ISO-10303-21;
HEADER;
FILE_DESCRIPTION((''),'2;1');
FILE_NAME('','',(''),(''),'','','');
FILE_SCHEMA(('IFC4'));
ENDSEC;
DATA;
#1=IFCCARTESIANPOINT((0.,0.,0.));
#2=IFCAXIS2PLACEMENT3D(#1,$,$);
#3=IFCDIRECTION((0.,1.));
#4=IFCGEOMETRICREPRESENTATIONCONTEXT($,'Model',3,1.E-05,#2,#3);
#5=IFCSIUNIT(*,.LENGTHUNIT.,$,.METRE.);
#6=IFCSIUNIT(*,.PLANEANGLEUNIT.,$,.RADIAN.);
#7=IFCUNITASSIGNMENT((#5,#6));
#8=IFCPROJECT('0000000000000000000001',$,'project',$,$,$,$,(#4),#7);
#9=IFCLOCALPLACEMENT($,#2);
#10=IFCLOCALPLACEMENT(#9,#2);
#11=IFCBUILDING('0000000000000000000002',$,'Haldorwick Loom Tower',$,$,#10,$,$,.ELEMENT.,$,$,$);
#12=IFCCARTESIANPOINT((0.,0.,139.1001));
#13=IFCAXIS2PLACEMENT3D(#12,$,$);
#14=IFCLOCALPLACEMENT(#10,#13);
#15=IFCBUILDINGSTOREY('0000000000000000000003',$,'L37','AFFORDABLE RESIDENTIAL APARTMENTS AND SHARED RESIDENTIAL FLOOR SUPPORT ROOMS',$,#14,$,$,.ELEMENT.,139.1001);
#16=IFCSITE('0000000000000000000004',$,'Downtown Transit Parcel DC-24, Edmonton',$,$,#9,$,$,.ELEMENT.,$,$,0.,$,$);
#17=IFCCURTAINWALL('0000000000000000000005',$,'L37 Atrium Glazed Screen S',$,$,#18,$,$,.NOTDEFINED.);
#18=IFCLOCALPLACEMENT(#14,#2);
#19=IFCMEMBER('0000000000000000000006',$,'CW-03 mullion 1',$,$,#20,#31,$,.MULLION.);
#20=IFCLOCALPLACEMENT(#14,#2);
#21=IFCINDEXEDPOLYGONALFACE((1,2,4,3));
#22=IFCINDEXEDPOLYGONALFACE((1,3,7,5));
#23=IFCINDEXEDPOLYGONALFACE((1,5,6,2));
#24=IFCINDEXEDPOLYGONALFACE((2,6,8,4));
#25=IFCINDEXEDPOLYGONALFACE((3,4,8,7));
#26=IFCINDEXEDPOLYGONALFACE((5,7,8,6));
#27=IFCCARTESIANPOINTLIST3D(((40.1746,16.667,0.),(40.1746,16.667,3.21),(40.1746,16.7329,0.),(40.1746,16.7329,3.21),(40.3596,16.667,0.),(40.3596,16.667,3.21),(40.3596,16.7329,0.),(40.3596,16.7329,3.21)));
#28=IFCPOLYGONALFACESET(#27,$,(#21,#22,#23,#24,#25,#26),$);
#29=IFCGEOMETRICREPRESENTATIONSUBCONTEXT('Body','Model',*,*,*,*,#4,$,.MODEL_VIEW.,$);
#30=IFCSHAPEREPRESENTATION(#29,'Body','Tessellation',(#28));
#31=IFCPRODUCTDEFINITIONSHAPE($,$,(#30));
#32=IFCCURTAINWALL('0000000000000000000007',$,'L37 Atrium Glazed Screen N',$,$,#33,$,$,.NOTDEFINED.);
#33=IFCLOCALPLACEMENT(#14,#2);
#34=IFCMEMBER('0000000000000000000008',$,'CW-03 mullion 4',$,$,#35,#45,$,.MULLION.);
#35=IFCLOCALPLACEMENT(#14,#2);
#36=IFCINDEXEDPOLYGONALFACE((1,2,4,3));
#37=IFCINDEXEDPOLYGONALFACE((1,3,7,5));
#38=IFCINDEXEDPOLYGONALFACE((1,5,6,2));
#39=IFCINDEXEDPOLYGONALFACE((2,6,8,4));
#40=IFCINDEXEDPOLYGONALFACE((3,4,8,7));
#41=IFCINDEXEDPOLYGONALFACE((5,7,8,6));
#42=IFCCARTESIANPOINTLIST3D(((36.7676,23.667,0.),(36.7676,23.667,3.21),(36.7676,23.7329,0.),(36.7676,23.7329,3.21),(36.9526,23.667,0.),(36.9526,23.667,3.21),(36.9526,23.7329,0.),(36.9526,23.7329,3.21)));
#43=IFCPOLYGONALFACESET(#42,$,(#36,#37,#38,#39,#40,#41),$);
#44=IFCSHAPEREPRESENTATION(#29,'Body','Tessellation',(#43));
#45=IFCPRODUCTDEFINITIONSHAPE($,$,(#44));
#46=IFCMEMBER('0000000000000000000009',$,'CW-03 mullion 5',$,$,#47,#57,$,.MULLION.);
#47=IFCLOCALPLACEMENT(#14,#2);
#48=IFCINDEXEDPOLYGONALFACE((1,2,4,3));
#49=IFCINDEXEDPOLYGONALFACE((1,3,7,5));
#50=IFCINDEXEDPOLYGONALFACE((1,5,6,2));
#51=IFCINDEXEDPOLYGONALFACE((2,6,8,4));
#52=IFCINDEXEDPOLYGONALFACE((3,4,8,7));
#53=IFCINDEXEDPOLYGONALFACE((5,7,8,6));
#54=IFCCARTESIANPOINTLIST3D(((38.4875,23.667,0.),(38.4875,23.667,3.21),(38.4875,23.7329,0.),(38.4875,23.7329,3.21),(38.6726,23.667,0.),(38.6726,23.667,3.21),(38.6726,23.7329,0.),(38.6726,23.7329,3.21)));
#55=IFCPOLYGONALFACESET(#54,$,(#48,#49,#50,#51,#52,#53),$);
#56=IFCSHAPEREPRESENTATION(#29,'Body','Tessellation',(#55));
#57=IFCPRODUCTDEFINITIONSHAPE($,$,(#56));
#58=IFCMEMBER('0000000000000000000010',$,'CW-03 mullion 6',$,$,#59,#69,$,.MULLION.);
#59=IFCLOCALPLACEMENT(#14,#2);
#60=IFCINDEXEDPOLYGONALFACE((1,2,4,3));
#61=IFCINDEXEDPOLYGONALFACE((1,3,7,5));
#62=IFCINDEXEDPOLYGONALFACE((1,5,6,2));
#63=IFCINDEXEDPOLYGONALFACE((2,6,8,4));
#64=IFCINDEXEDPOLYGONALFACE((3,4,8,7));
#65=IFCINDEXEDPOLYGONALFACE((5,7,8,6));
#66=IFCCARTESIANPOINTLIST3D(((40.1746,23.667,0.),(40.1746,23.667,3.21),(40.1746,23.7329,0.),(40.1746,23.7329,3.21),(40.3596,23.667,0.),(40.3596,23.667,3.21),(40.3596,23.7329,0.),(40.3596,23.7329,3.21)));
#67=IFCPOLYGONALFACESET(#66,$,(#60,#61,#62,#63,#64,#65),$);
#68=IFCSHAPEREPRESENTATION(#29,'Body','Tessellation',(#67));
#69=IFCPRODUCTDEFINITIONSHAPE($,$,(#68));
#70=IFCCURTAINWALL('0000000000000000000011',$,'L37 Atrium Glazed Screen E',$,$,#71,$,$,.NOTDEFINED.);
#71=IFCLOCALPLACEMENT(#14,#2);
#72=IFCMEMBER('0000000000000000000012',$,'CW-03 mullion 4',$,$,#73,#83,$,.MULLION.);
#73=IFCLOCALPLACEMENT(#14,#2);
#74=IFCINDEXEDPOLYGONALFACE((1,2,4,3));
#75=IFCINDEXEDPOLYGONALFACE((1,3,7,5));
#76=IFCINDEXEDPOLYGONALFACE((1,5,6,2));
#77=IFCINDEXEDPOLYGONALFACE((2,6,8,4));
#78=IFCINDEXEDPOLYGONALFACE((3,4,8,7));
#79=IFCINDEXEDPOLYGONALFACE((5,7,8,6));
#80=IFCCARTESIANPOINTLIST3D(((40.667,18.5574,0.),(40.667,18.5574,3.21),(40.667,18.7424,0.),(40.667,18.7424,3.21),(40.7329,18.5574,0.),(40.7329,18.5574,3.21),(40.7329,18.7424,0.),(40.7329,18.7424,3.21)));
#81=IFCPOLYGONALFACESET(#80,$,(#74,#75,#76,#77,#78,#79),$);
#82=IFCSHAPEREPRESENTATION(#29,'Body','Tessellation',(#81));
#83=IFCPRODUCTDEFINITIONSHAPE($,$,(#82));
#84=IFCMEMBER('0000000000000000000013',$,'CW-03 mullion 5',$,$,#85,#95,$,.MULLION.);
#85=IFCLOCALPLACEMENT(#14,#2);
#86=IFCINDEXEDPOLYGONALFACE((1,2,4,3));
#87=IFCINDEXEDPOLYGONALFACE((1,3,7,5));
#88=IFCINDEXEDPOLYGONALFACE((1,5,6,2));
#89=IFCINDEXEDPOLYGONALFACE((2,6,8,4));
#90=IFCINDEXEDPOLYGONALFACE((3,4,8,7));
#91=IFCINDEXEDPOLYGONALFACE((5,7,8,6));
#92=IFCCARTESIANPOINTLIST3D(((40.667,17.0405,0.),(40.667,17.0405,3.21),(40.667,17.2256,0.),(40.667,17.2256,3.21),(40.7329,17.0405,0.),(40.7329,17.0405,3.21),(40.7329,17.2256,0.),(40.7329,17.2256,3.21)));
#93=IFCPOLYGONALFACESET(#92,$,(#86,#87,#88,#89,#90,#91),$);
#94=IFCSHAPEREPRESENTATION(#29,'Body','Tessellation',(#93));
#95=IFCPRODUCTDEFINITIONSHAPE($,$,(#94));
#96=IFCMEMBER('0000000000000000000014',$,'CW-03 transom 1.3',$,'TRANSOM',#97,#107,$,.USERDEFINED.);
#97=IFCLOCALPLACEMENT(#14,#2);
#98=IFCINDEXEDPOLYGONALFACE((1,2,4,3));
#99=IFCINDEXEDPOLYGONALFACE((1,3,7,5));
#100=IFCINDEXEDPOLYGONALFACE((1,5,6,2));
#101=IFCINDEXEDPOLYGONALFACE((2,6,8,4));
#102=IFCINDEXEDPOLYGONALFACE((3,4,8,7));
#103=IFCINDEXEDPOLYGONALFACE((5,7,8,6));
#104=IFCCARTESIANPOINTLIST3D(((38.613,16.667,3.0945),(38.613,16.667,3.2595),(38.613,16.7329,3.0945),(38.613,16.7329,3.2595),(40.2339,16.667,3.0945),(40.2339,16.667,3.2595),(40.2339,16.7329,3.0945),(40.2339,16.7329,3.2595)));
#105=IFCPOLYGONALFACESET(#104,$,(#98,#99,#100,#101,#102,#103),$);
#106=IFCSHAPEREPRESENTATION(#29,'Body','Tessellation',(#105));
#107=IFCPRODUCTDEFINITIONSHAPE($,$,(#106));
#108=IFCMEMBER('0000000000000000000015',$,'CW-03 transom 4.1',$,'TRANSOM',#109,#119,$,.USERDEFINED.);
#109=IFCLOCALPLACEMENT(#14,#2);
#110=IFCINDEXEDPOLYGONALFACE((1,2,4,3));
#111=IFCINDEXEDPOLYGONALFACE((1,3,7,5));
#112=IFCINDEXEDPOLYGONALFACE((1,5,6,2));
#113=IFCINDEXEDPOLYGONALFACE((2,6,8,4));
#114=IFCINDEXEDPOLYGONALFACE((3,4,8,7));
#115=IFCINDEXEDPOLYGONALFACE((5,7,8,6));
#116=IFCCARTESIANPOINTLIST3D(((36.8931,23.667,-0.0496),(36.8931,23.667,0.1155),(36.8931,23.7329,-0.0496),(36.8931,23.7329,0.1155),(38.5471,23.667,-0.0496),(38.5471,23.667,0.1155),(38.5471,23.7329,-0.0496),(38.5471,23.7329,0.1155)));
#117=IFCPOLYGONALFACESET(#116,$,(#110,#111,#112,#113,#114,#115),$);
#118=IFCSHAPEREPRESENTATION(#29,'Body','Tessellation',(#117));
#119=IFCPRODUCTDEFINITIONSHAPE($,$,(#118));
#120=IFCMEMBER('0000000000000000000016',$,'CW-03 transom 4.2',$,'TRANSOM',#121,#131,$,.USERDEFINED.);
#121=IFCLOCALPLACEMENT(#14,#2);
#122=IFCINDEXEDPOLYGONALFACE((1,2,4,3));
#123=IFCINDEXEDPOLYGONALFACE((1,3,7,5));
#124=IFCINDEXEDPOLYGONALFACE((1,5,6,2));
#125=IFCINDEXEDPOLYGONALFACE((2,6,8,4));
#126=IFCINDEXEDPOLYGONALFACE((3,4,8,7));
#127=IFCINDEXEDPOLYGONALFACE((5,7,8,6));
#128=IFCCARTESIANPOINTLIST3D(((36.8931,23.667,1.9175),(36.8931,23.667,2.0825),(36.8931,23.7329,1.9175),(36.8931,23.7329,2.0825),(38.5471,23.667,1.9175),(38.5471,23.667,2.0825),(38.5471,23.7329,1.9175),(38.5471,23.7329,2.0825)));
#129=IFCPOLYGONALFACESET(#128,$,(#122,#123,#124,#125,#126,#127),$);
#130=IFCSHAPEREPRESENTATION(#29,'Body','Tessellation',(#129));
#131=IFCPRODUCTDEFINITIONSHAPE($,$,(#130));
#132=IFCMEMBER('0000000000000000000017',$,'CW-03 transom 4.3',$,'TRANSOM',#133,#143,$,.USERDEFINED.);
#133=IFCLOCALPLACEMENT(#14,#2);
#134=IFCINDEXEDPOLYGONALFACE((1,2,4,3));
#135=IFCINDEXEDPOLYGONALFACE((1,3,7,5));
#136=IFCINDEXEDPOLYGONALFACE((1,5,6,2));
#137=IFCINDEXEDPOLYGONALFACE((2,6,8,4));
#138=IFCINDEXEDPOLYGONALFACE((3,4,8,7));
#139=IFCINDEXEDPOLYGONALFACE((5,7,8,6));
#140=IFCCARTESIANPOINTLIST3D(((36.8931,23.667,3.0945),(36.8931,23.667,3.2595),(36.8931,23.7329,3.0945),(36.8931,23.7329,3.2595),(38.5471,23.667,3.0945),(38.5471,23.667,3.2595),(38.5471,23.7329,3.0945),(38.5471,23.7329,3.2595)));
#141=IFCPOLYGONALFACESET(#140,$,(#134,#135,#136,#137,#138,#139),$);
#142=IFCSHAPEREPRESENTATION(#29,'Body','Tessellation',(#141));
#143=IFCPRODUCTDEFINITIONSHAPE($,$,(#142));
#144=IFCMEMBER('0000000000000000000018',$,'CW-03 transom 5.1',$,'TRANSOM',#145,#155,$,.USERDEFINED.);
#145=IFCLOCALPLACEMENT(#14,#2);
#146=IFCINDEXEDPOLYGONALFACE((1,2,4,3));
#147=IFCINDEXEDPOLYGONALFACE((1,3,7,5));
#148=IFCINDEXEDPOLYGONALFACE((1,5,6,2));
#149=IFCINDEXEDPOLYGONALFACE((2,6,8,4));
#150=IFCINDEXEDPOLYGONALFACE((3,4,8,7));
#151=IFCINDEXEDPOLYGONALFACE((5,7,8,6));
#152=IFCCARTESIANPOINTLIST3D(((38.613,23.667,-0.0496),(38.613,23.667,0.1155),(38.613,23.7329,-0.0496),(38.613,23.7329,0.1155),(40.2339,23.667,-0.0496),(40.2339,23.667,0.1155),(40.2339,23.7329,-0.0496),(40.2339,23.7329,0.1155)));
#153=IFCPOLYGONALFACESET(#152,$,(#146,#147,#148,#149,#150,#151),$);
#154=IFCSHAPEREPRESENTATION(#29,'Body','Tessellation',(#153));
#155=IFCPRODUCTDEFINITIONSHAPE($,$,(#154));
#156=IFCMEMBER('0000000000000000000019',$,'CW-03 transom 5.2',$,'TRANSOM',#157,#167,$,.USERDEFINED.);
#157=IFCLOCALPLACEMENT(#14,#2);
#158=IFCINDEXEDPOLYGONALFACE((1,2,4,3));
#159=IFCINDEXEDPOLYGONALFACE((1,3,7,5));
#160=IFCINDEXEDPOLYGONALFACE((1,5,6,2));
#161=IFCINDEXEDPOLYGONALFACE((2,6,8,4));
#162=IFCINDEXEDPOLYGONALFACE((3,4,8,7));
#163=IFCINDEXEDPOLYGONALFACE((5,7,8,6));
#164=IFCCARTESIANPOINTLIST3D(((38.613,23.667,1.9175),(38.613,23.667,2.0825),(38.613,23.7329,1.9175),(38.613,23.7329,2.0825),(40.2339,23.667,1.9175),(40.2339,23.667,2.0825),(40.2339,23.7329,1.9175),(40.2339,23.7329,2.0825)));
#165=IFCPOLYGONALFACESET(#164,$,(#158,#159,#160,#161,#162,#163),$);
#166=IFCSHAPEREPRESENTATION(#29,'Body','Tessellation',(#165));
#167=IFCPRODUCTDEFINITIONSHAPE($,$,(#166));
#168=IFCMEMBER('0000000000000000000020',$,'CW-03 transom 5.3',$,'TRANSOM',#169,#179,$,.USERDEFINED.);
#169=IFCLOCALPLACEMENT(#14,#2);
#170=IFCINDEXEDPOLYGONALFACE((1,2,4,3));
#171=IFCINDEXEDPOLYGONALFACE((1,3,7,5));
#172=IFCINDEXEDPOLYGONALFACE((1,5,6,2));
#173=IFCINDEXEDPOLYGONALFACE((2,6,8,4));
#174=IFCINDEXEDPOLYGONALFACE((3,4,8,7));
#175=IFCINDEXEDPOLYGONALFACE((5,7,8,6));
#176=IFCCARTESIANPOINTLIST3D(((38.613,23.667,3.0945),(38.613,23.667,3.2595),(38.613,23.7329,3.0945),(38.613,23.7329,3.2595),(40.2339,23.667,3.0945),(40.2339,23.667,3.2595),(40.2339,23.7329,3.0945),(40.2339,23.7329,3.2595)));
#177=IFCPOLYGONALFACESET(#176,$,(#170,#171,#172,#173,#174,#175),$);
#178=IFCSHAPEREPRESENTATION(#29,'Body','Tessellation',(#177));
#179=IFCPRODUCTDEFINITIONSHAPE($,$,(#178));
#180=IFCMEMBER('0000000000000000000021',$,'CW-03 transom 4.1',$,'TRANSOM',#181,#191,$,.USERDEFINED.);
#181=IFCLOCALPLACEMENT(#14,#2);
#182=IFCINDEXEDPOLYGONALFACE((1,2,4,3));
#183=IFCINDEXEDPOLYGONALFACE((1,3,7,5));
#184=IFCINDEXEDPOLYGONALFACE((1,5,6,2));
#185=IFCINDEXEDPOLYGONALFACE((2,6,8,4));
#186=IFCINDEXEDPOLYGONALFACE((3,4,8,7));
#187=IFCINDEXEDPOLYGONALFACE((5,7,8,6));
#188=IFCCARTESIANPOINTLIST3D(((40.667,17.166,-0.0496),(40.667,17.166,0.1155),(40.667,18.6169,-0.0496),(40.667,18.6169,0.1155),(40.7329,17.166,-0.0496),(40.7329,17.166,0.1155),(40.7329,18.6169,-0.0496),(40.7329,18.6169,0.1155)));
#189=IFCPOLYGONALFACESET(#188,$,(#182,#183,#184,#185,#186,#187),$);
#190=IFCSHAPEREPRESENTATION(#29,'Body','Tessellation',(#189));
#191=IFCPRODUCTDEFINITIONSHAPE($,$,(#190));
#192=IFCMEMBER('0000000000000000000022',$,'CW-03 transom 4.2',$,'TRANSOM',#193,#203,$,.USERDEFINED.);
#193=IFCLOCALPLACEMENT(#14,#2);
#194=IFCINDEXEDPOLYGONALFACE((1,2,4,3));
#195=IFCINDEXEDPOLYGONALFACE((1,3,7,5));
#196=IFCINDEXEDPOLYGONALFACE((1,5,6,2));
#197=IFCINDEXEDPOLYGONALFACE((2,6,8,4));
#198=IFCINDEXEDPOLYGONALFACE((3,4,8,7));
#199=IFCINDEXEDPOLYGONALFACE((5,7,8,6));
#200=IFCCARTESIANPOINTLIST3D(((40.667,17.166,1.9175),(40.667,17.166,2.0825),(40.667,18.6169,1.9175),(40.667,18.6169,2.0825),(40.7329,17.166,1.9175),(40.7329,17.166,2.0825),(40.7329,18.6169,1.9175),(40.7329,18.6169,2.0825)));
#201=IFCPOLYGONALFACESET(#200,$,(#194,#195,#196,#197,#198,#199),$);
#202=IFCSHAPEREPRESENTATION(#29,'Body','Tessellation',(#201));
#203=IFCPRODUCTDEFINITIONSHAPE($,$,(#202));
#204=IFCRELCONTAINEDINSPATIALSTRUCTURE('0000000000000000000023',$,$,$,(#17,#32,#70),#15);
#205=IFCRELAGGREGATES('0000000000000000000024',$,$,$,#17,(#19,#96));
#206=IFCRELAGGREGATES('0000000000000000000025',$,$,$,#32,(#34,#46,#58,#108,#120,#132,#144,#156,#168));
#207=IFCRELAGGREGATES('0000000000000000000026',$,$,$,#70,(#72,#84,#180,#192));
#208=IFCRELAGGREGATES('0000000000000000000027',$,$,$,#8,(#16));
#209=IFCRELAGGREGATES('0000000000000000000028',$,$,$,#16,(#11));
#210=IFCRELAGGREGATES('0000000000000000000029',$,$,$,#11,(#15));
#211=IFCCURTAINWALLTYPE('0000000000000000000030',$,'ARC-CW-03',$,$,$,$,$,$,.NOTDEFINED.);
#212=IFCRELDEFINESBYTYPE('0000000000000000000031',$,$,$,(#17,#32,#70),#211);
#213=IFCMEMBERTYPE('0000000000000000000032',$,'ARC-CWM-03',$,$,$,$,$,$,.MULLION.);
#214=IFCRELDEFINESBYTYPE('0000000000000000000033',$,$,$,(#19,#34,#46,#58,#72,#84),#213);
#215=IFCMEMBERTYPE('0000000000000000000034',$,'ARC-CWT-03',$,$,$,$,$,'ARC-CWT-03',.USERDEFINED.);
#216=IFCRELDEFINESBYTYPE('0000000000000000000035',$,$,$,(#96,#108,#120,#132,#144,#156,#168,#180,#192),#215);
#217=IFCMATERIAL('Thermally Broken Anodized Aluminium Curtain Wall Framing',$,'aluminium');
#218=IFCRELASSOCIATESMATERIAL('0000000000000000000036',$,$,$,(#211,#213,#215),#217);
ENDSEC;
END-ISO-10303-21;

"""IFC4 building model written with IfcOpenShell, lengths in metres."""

from ifc_helpers import new_model, si_unit, direction, frame, origin, origin_2d, place, context, subcontext, project, spatial, rectangle, extrude, material, material_profile, profile_set, type_object, element, aggregate, save


model = new_model("IFC4")

# Units and contexts
model_context = context("Model", 3, precision=1e-05, world=origin(), true_north=direction((0.0, 1.0)))
body_context = subcontext(model_context, "Body", "Model", "MODEL_VIEW")
ifc_project = project(units=[si_unit("LENGTHUNIT", "METRE"), si_unit("PLANEANGLEUNIT", "RADIAN")], contexts=[model_context])

# Site, building, storey
site_placement = place(None, origin())
site = spatial("IfcSite", under=ifc_project, at=site_placement, Name="Downtown Transit Parcel DC-24, Edmonton", CompositionType="ELEMENT", RefElevation=0.0)
building_placement = place(site_placement, origin())
building = spatial("IfcBuilding", under=site, at=building_placement, Name="Haldorwick Loom Tower", CompositionType="ELEMENT")
storey_placement = place(building_placement, frame((0.0, 0.0, 139.1001)))
storey = spatial("IfcBuildingStorey", under=building, at=storey_placement, Name="L37", Description="AFFORDABLE RESIDENTIAL APARTMENTS AND SHARED RESIDENTIAL FLOOR SUPPORT ROOMS", CompositionType="ELEMENT", Elevation=139.1001)

# Curtain wall, member
ifc_material_1 = material(Name="Thermally Broken Anodized Aluminium Curtain Wall Framing", Category="aluminium")
curtain_wall_type = type_object("IfcCurtainWallType", Name="ARC-CW-03", PredefinedType="NOTDEFINED", material=ifc_material_1)
curtain_wall_1_placement = place(storey_placement, origin())
curtain_wall_1 = element("IfcCurtainWall", 1, at=curtain_wall_1_placement, inside=storey, type_object=curtain_wall_type, Name="L37 Atrium Glazed Screen S", PredefinedType="NOTDEFINED")
ifc_material_profile_1 = material_profile(ifc_material_1, rectangle(XDim=0.0659, YDim=0.1851, at=origin_2d()), Name="ALU_MUL_66X185", Category="aluminium")
ifc_profile_set_1 = profile_set([ifc_material_profile_1], Name="Thermally Broken Anodized Aluminium Curtain Wall Framing")
member_type_1 = type_object("IfcMemberType", Name="ARC-CWM-03", PredefinedType="MULLION", material=ifc_profile_set_1)
member_1_placement = place(storey_placement, frame((40.2671, 16.7, 0.0), z_axis=(0.0, 0.0, 1.0), x_axis=(0.0, -1.0, 0.0)))
member_1 = element("IfcMember", 2, at=member_1_placement, type_object=member_type_1, Name="CW-03 mullion 1", PredefinedType="MULLION", context=body_context, shape_type="SweptSolid", body=[
    extrude(rectangle(XDim=0.0659, YDim=0.1851, at=origin_2d()), origin(), (0.0, 0.0, 1.0), 3.21),
])

# Curtain walls, members
curtain_wall_2_placement = place(storey_placement, origin())
curtain_wall_2 = element("IfcCurtainWall", 3, at=curtain_wall_2_placement, inside=storey, type_object=curtain_wall_type, Name="L37 Atrium Glazed Screen N", PredefinedType="NOTDEFINED")
member_2_placement = place(storey_placement, frame((36.8601, 23.7, 0.0), z_axis=(0.0, 0.0, 1.0), x_axis=(0.0, 1.0, 0.0)))
member_2 = element("IfcMember", 4, at=member_2_placement, type_object=member_type_1, Name="CW-03 mullion 4", PredefinedType="MULLION", context=body_context, shape_type="SweptSolid", body=[
    extrude(rectangle(XDim=0.0659, YDim=0.1851, at=origin_2d()), origin(), (0.0, 0.0, 1.0), 3.21),
])
member_3_placement = place(storey_placement, frame((38.5801, 23.7, 0.0), z_axis=(0.0, 0.0, 1.0), x_axis=(0.0, 1.0, 0.0)))
member_3 = element("IfcMember", 5, at=member_3_placement, type_object=member_type_1, Name="CW-03 mullion 5", PredefinedType="MULLION", context=body_context, shape_type="SweptSolid", body=[
    extrude(rectangle(XDim=0.0659, YDim=0.1851, at=origin_2d()), origin(), (0.0, 0.0, 1.0), 3.21),
])
member_4_placement = place(storey_placement, frame((40.2671, 23.7, 0.0), z_axis=(0.0, 0.0, 1.0), x_axis=(0.0, 1.0, 0.0)))
member_4 = element("IfcMember", 6, at=member_4_placement, type_object=member_type_1, Name="CW-03 mullion 6", PredefinedType="MULLION", context=body_context, shape_type="SweptSolid", body=[
    extrude(rectangle(XDim=0.0659, YDim=0.1851, at=origin_2d()), origin(), (0.0, 0.0, 1.0), 3.21),
])
curtain_wall_3_placement = place(storey_placement, origin())
curtain_wall_3 = element("IfcCurtainWall", 7, at=curtain_wall_3_placement, inside=storey, type_object=curtain_wall_type, Name="L37 Atrium Glazed Screen E", PredefinedType="NOTDEFINED")
member_5_placement = place(storey_placement, frame((40.7, 18.6499, 0.0), z_axis=(0.0, 0.0, 1.0), x_axis=(1.0, 0.0, 0.0)))
member_5 = element("IfcMember", 8, at=member_5_placement, type_object=member_type_1, Name="CW-03 mullion 4", PredefinedType="MULLION", context=body_context, shape_type="SweptSolid", body=[
    extrude(rectangle(XDim=0.0659, YDim=0.1851, at=origin_2d()), origin(), (0.0, 0.0, 1.0), 3.21),
])
member_6_placement = place(storey_placement, frame((40.7, 17.1331, 0.0), z_axis=(0.0, 0.0, 1.0), x_axis=(1.0, 0.0, 0.0)))
member_6 = element("IfcMember", 9, at=member_6_placement, type_object=member_type_1, Name="CW-03 mullion 5", PredefinedType="MULLION", context=body_context, shape_type="SweptSolid", body=[
    extrude(rectangle(XDim=0.0659, YDim=0.1851, at=origin_2d()), origin(), (0.0, 0.0, 1.0), 3.21),
])

# Members
ifc_material_profile_2 = material_profile(ifc_material_1, rectangle(XDim=0.0659, YDim=0.165, at=origin_2d()), Name="ALU_TRN_66X165", Category="aluminium")
ifc_profile_set_2 = profile_set([ifc_material_profile_2], Name="Thermally Broken Anodized Aluminium Curtain Wall Framing")
member_type_2 = type_object("IfcMemberType", Name="ARC-CWT-03", ElementType="ARC-CWT-03", PredefinedType="USERDEFINED", material=ifc_profile_set_2)
member_7_placement = place(storey_placement, frame((40.2339, 16.7, 3.177), z_axis=(-1.0, 0.0, 0.0), x_axis=(0.0, -1.0, 0.0)))
member_7 = element("IfcMember", 10, at=member_7_placement, type_object=member_type_2, Name="CW-03 transom 1.3", ObjectType="TRANSOM", PredefinedType="USERDEFINED", context=body_context, shape_type="SweptSolid", body=[
    extrude(rectangle(XDim=0.0659, YDim=0.165, at=origin_2d()), origin(), (0.0, 0.0, 1.0), 1.6208),
])
aggregate(curtain_wall_1, [member_1, member_7])
member_8_placement = place(storey_placement, frame((36.8931, 23.7, 0.033), z_axis=(1.0, 0.0, 0.0), x_axis=(0.0, 1.0, 0.0)))
member_8 = element("IfcMember", 11, at=member_8_placement, type_object=member_type_2, Name="CW-03 transom 4.1", ObjectType="TRANSOM", PredefinedType="USERDEFINED", context=body_context, shape_type="SweptSolid", body=[
    extrude(rectangle(XDim=0.0659, YDim=0.165, at=origin_2d()), origin(), (0.0, 0.0, 1.0), 1.6541),
])
member_9_placement = place(storey_placement, frame((36.8931, 23.7, 2.0), z_axis=(1.0, 0.0, 0.0), x_axis=(0.0, 1.0, 0.0)))
member_9 = element("IfcMember", 12, at=member_9_placement, type_object=member_type_2, Name="CW-03 transom 4.2", ObjectType="TRANSOM", PredefinedType="USERDEFINED", context=body_context, shape_type="SweptSolid", body=[
    extrude(rectangle(XDim=0.0659, YDim=0.165, at=origin_2d()), origin(), (0.0, 0.0, 1.0), 1.6541),
])
member_10_placement = place(storey_placement, frame((36.8931, 23.7, 3.177), z_axis=(1.0, 0.0, 0.0), x_axis=(0.0, 1.0, 0.0)))
member_10 = element("IfcMember", 13, at=member_10_placement, type_object=member_type_2, Name="CW-03 transom 4.3", ObjectType="TRANSOM", PredefinedType="USERDEFINED", context=body_context, shape_type="SweptSolid", body=[
    extrude(rectangle(XDim=0.0659, YDim=0.165, at=origin_2d()), origin(), (0.0, 0.0, 1.0), 1.6541),
])
member_11_placement = place(storey_placement, frame((38.613, 23.7, 0.033), z_axis=(1.0, 0.0, 0.0), x_axis=(0.0, 1.0, 0.0)))
member_11 = element("IfcMember", 14, at=member_11_placement, type_object=member_type_2, Name="CW-03 transom 5.1", ObjectType="TRANSOM", PredefinedType="USERDEFINED", context=body_context, shape_type="SweptSolid", body=[
    extrude(rectangle(XDim=0.0659, YDim=0.165, at=origin_2d()), origin(), (0.0, 0.0, 1.0), 1.6208),
])
member_12_placement = place(storey_placement, frame((38.613, 23.7, 2.0), z_axis=(1.0, 0.0, 0.0), x_axis=(0.0, 1.0, 0.0)))
member_12 = element("IfcMember", 15, at=member_12_placement, type_object=member_type_2, Name="CW-03 transom 5.2", ObjectType="TRANSOM", PredefinedType="USERDEFINED", context=body_context, shape_type="SweptSolid", body=[
    extrude(rectangle(XDim=0.0659, YDim=0.165, at=origin_2d()), origin(), (0.0, 0.0, 1.0), 1.6208),
])
member_13_placement = place(storey_placement, frame((38.613, 23.7, 3.177), z_axis=(1.0, 0.0, 0.0), x_axis=(0.0, 1.0, 0.0)))
member_13 = element("IfcMember", 16, at=member_13_placement, type_object=member_type_2, Name="CW-03 transom 5.3", ObjectType="TRANSOM", PredefinedType="USERDEFINED", context=body_context, shape_type="SweptSolid", body=[
    extrude(rectangle(XDim=0.0659, YDim=0.165, at=origin_2d()), origin(), (0.0, 0.0, 1.0), 1.6208),
])
member_14_placement = place(storey_placement, frame((40.7, 18.6169, 0.033), z_axis=(0.0, -1.0, 0.0), x_axis=(1.0, 0.0, 0.0)))
member_14 = element("IfcMember", 17, at=member_14_placement, type_object=member_type_2, Name="CW-03 transom 4.1", ObjectType="TRANSOM", PredefinedType="USERDEFINED", context=body_context, shape_type="SweptSolid", body=[
    extrude(rectangle(XDim=0.0659, YDim=0.165, at=origin_2d()), origin(), (0.0, 0.0, 1.0), 1.4509),
])
member_15_placement = place(storey_placement, frame((40.7, 18.6169, 2.0), z_axis=(0.0, -1.0, 0.0), x_axis=(1.0, 0.0, 0.0)))
member_15 = element("IfcMember", 18, at=member_15_placement, type_object=member_type_2, Name="CW-03 transom 4.2", ObjectType="TRANSOM", PredefinedType="USERDEFINED", context=body_context, shape_type="SweptSolid", body=[
    extrude(rectangle(XDim=0.0659, YDim=0.165, at=origin_2d()), origin(), (0.0, 0.0, 1.0), 1.4509),
])

aggregate(curtain_wall_2, [member_2, member_3, member_4, member_8, member_9, member_10, member_11, member_12, member_13])
aggregate(curtain_wall_3, [member_5, member_6, member_14, member_15])

save(model, "model.ifc")
